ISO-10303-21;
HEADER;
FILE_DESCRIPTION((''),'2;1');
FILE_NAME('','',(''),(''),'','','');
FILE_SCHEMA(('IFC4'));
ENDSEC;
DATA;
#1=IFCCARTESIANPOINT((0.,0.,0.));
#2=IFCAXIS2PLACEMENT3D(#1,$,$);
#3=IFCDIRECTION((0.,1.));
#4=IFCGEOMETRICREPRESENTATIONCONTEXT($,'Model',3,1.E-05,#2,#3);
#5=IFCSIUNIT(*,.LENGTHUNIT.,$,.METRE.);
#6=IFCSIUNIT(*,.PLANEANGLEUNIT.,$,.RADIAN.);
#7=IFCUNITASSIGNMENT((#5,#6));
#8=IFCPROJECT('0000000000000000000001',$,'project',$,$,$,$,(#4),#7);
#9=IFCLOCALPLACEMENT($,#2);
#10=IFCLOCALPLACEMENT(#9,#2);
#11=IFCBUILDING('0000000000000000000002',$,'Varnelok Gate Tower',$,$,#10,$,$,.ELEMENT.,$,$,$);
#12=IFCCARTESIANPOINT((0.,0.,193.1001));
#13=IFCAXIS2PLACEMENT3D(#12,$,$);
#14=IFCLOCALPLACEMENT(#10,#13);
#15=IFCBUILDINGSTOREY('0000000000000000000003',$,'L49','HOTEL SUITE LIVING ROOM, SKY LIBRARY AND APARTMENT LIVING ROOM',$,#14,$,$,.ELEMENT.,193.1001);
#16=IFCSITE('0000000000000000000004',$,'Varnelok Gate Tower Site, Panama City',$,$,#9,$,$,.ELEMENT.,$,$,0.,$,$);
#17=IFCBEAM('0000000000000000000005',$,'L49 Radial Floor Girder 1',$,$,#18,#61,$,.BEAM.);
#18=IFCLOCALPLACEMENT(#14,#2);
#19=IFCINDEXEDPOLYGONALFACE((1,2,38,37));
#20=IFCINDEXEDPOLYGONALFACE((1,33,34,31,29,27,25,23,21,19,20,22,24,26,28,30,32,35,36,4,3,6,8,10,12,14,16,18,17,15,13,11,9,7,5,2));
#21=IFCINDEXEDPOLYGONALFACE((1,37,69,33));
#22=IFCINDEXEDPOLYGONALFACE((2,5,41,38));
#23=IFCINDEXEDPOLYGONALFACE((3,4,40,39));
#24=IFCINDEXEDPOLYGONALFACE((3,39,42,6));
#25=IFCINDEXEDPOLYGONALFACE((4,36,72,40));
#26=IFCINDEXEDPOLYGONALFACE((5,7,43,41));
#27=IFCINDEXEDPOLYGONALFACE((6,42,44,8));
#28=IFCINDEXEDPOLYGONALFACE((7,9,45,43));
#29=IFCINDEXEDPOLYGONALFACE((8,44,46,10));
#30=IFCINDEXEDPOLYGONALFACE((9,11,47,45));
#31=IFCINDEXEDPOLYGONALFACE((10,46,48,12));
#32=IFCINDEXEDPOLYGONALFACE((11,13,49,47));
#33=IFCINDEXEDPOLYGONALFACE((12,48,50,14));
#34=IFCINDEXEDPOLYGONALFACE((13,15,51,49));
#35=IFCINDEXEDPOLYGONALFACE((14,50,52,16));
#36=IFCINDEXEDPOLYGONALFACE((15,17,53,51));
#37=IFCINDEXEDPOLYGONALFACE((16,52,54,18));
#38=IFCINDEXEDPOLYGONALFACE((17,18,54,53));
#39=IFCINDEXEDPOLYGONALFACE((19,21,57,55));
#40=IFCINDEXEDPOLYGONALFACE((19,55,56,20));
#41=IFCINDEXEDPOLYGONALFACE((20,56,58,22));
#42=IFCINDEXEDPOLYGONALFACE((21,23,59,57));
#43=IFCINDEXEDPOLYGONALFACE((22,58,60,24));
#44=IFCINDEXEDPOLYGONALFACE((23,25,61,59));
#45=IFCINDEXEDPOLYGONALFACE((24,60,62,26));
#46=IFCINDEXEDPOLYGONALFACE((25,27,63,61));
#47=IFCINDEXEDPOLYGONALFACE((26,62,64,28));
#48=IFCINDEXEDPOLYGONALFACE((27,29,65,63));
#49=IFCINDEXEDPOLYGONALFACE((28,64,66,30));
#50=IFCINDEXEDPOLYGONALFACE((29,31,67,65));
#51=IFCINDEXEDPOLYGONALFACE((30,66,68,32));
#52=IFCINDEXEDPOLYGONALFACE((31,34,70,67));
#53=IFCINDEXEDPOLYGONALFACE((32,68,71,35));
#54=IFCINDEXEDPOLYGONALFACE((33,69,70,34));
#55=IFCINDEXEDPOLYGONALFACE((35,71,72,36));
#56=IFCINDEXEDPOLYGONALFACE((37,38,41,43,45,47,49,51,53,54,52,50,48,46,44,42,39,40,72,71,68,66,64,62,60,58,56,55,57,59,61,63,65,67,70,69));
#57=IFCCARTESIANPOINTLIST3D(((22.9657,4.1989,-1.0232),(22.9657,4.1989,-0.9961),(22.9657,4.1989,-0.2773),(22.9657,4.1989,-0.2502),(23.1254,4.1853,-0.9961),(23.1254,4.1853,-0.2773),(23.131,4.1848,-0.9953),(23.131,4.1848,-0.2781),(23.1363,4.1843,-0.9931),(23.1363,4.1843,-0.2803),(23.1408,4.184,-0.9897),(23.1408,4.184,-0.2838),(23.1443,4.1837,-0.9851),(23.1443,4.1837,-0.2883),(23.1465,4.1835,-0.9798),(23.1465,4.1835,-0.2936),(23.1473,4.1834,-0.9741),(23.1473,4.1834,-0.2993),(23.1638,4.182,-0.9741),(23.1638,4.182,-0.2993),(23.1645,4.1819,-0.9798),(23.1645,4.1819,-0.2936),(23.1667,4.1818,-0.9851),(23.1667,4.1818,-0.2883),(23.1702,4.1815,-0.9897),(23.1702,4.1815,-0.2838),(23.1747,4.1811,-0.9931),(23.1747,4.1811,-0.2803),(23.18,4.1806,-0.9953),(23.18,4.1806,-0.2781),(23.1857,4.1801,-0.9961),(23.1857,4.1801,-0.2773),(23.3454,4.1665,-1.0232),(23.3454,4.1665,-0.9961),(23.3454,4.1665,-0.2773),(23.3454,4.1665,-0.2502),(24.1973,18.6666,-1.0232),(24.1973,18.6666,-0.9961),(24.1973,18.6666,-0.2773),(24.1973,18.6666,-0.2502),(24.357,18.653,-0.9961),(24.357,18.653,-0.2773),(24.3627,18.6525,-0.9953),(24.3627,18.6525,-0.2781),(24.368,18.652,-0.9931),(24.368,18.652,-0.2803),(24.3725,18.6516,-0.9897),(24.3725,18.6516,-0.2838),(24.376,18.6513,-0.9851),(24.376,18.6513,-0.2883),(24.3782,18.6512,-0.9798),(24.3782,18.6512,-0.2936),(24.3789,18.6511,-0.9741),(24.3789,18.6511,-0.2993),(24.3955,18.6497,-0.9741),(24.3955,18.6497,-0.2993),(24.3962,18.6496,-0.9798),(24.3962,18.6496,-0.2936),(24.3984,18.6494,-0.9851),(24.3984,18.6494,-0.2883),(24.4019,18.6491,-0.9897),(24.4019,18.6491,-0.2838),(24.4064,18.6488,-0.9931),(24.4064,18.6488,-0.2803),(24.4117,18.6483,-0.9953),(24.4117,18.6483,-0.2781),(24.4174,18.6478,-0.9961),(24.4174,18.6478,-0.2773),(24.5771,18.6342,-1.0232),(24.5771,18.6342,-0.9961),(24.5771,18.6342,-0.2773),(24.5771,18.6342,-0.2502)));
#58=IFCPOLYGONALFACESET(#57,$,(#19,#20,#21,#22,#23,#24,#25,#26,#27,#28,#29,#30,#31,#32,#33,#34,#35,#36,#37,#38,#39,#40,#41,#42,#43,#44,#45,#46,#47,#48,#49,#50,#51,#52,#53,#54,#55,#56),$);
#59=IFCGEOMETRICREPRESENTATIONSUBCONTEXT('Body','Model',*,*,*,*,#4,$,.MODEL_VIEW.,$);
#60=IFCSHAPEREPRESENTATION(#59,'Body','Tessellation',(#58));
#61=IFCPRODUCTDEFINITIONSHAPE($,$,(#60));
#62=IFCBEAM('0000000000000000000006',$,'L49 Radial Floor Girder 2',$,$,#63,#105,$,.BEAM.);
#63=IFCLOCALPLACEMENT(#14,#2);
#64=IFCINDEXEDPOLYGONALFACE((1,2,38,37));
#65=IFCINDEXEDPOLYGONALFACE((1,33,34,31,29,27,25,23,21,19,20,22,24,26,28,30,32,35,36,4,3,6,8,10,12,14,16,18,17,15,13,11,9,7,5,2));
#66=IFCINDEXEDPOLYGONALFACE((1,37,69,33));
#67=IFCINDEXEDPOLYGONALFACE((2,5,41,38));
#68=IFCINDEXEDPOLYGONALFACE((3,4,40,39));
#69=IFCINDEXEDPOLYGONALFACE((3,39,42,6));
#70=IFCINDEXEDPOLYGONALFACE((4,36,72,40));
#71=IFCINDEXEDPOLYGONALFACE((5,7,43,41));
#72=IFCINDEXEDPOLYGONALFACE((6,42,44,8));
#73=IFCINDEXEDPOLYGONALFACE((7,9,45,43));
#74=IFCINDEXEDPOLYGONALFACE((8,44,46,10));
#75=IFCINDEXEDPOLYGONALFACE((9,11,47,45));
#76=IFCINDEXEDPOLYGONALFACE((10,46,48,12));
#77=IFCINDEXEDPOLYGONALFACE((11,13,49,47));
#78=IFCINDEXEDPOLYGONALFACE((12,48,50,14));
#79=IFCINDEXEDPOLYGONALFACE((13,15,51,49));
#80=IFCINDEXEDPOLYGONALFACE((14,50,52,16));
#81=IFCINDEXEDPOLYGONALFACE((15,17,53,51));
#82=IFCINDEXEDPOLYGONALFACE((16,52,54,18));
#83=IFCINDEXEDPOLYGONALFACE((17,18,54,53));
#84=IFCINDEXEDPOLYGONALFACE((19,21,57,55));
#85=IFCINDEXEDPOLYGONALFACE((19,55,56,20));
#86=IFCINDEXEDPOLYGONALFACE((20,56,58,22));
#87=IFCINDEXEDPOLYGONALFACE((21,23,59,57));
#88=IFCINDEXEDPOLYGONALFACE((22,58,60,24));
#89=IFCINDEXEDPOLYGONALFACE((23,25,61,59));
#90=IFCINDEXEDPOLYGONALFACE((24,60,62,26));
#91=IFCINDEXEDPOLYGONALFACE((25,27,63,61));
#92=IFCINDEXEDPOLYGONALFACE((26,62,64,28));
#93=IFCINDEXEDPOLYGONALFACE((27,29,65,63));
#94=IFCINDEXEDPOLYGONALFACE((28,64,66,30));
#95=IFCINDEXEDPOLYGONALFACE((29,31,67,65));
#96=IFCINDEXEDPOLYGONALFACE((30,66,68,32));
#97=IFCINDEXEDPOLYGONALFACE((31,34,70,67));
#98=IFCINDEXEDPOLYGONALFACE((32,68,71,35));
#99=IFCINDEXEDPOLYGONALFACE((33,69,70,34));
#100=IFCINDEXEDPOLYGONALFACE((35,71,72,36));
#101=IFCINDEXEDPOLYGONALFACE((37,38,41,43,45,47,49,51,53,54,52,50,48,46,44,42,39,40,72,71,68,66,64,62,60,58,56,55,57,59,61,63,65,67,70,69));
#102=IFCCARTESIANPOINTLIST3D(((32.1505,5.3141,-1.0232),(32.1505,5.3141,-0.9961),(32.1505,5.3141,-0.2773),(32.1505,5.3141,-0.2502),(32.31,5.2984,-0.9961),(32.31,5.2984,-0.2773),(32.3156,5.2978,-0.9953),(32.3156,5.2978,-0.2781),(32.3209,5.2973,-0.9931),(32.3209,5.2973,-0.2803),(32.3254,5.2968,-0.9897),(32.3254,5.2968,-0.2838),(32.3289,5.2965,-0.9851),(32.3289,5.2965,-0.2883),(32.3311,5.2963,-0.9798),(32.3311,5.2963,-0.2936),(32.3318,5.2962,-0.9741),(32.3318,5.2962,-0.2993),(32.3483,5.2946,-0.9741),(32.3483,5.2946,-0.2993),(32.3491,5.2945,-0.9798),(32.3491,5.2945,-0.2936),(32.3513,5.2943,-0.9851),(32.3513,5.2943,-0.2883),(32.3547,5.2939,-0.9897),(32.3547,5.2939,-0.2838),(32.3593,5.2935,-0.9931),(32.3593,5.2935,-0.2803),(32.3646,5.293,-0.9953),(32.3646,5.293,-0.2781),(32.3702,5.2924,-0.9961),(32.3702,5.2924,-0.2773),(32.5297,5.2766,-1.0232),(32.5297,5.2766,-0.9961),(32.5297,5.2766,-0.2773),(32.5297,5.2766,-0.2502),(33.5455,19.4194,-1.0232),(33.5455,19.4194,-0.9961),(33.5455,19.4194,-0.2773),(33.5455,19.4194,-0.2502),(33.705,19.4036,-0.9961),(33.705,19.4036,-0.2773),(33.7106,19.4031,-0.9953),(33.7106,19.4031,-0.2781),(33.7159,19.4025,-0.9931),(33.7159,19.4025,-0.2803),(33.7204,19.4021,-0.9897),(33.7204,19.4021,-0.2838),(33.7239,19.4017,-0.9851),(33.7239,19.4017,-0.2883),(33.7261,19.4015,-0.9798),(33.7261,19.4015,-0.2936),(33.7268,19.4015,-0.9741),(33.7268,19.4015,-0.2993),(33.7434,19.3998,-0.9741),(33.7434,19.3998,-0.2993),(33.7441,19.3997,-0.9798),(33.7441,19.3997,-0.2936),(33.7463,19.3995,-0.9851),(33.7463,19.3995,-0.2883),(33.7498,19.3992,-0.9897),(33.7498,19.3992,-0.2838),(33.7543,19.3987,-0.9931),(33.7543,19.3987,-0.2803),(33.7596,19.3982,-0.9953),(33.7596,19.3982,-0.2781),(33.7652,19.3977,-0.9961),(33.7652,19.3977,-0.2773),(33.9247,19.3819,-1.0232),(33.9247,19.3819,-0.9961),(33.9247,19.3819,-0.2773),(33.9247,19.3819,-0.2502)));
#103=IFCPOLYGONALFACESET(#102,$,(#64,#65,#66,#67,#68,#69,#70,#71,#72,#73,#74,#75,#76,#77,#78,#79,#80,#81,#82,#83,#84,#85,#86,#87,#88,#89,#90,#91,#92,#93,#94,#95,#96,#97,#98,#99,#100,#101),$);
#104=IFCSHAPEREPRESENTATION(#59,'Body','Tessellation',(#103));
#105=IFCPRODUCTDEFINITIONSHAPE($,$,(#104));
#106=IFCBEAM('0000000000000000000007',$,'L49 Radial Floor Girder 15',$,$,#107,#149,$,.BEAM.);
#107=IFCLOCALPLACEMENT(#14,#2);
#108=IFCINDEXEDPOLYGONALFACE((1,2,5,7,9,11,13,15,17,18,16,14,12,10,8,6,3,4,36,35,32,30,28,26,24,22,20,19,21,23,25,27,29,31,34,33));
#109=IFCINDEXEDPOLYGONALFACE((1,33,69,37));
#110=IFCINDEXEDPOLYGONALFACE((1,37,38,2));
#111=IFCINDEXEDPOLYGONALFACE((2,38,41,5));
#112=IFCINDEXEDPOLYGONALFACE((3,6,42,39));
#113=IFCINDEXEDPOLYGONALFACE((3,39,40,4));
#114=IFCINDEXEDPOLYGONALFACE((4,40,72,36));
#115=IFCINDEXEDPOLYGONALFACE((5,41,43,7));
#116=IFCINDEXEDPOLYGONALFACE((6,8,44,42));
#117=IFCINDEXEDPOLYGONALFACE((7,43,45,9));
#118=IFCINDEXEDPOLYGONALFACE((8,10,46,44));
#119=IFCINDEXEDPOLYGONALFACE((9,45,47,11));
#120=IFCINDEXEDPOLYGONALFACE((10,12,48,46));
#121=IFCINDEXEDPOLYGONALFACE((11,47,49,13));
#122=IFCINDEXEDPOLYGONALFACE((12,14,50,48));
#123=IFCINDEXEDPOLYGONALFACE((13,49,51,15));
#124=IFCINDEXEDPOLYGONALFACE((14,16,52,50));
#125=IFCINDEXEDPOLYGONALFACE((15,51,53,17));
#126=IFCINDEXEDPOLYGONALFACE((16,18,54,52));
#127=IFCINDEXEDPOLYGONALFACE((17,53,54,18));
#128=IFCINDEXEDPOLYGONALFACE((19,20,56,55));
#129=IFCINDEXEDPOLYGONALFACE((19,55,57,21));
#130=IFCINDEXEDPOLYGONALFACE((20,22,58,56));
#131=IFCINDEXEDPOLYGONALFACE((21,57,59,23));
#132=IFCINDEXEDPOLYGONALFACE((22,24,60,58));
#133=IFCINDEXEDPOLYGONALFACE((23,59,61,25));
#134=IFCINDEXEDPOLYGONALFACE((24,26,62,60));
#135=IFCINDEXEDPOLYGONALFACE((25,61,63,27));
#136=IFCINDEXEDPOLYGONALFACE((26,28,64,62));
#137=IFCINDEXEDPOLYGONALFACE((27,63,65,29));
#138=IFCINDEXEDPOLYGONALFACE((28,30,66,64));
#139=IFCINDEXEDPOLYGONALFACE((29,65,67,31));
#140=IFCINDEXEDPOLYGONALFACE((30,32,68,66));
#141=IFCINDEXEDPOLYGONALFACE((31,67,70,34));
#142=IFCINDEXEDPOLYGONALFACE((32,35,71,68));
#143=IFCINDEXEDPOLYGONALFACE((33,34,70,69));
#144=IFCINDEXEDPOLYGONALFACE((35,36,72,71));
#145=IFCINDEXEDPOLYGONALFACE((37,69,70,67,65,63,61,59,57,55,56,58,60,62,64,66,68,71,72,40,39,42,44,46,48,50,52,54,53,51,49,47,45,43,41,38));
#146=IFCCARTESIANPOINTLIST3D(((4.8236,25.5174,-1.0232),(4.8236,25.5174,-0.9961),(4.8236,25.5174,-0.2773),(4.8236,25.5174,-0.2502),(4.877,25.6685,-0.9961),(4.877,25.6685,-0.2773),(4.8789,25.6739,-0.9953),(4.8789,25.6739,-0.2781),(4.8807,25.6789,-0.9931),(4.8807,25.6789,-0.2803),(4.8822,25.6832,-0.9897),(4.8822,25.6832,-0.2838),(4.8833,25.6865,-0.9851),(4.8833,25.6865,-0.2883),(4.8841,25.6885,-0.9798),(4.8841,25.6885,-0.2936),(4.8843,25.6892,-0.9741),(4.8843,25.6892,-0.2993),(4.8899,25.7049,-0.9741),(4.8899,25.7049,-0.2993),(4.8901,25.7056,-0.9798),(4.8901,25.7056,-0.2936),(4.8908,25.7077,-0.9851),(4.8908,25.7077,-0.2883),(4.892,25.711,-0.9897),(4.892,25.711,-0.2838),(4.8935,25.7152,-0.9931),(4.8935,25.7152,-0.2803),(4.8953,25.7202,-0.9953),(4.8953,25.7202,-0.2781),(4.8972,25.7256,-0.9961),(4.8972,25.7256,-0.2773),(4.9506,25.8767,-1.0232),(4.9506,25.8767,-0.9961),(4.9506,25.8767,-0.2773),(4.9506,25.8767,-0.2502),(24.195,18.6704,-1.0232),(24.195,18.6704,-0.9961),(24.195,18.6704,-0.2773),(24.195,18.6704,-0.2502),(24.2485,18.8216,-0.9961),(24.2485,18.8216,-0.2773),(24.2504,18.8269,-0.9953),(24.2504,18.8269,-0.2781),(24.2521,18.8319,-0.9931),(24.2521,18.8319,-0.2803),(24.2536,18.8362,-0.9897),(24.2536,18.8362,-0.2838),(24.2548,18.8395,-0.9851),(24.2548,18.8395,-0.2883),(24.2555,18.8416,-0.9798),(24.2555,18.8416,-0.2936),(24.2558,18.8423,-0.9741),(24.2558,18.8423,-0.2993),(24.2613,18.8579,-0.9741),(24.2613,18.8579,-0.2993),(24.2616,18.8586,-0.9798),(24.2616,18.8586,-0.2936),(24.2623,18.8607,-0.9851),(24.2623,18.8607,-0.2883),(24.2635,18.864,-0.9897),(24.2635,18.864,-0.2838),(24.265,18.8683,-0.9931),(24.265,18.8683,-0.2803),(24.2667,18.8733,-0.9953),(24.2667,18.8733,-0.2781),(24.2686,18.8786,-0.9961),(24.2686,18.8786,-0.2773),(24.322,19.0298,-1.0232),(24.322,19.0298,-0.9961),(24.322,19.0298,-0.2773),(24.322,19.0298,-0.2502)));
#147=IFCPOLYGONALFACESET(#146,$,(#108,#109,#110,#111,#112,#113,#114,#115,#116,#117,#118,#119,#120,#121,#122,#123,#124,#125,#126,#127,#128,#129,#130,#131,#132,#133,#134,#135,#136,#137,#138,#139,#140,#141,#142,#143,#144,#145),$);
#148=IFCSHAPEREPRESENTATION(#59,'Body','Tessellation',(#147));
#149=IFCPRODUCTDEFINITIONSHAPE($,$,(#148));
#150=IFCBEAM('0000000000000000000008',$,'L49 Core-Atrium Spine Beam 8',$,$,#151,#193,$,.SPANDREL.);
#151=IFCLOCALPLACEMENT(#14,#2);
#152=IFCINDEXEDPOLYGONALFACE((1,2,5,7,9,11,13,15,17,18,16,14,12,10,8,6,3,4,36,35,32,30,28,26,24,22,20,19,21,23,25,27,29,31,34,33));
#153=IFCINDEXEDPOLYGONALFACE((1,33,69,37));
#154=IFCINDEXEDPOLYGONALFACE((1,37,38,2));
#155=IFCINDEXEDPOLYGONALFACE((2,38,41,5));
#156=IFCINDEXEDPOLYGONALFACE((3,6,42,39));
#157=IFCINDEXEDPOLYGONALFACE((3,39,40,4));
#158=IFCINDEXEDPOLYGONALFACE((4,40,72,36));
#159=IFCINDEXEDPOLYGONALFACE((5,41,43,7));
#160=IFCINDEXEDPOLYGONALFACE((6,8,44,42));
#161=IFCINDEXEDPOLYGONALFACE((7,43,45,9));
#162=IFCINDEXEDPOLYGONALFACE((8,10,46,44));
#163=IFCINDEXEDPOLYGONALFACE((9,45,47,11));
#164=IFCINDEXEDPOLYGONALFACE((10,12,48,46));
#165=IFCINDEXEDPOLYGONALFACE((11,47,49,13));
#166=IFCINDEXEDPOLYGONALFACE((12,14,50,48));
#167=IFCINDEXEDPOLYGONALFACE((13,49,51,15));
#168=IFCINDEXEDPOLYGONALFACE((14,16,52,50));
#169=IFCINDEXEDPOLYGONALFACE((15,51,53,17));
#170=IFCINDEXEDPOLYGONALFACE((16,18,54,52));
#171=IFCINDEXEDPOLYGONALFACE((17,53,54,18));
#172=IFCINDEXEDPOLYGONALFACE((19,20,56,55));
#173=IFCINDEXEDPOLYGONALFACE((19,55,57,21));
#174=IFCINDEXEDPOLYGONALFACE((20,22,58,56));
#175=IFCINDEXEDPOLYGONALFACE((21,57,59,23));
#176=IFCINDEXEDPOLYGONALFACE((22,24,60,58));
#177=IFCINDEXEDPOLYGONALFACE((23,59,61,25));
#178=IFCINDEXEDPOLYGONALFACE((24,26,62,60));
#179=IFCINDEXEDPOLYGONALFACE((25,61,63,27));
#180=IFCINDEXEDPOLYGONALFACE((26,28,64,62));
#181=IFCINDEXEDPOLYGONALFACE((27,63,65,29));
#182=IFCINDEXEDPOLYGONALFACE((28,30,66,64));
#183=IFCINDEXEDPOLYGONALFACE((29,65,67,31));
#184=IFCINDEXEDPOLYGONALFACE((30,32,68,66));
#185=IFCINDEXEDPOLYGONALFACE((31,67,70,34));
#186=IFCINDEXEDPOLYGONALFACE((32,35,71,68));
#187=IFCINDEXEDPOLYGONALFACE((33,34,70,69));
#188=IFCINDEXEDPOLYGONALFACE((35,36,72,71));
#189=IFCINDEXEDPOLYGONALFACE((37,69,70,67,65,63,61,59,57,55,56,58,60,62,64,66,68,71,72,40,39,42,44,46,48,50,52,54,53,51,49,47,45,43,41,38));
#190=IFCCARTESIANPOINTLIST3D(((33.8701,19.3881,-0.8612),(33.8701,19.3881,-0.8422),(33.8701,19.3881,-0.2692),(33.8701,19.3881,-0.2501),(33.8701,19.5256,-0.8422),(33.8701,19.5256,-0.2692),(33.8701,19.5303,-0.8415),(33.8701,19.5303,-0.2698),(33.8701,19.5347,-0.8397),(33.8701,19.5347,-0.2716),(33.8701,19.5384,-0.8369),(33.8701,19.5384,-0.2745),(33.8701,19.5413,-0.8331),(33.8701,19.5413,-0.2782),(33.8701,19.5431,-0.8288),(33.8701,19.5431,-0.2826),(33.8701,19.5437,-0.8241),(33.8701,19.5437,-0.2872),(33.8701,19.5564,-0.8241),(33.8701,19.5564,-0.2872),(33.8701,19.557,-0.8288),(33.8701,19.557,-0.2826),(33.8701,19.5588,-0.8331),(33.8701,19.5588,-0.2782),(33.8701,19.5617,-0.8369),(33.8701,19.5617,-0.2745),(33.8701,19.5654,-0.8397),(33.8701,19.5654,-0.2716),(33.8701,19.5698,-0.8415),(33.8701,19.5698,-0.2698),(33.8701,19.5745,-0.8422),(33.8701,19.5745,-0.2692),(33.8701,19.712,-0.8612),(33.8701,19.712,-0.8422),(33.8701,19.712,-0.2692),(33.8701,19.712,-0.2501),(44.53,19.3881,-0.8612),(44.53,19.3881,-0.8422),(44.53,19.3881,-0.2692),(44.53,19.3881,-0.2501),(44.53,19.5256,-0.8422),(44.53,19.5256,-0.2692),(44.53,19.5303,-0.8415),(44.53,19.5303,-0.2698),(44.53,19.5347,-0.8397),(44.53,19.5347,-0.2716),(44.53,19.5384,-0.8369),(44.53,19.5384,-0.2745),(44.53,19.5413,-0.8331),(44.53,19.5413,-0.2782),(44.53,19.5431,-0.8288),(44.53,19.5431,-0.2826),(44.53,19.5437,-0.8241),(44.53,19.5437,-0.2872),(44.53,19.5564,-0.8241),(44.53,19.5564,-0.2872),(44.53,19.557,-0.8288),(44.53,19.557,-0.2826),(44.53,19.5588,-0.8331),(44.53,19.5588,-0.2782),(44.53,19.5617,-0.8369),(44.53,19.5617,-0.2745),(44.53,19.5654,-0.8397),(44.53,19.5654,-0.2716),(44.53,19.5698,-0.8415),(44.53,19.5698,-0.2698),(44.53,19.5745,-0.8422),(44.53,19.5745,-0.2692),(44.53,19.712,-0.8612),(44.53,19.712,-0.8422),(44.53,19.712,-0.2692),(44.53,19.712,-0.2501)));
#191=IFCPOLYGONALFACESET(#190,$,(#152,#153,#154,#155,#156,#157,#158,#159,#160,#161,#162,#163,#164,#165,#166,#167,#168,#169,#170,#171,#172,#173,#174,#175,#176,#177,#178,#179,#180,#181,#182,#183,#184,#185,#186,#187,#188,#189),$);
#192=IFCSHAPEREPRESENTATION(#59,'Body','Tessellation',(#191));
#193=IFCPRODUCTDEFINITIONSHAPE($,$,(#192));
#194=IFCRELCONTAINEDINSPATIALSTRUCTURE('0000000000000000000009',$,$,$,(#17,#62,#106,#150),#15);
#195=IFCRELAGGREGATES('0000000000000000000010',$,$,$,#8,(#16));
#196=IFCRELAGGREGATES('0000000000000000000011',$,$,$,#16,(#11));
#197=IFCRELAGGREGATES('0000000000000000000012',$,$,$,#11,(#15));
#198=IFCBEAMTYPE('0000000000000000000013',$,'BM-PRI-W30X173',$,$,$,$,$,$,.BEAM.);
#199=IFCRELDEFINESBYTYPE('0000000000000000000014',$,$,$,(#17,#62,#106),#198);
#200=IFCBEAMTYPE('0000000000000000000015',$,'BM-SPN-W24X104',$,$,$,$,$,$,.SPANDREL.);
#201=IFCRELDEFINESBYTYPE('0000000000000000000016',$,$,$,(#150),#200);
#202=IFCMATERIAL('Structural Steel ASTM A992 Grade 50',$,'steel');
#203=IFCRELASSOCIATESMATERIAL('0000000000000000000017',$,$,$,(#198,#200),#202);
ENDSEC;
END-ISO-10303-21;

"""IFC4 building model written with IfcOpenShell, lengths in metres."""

from ifc_helpers import new_model, si_unit, direction, frame, origin, origin_2d, place, context, subcontext, project, spatial, i_section, extrude, material, material_profile, profile_set, type_object, element, save


model = new_model("IFC4")

# Units and contexts
model_context = context("Model", 3, precision=1e-05, world=origin(), true_north=direction((0.0, 1.0)))
body_context = subcontext(model_context, "Body", "Model", "MODEL_VIEW")
ifc_project = project(units=[si_unit("LENGTHUNIT", "METRE"), si_unit("PLANEANGLEUNIT", "RADIAN")], contexts=[model_context])

# Site, building, storey
site_placement = place(None, origin())
site = spatial("IfcSite", under=ifc_project, at=site_placement, Name="Varnelok Gate Tower Site, Panama City", CompositionType="ELEMENT", RefElevation=0.0)
building_placement = place(site_placement, origin())
building = spatial("IfcBuilding", under=site, at=building_placement, Name="Varnelok Gate Tower", CompositionType="ELEMENT")
storey_placement = place(building_placement, frame((0.0, 0.0, 193.1001)))
storey = spatial("IfcBuildingStorey", under=building, at=storey_placement, Name="L49", Description="HOTEL SUITE LIVING ROOM, SKY LIBRARY AND APARTMENT LIVING ROOM", CompositionType="ELEMENT", Elevation=193.1001)

# Shared definitions
ifc_material_1 = material(Name="Structural Steel ASTM A992 Grade 50", Category="steel")

# Beams
ifc_material_profile_1 = material_profile(ifc_material_1, i_section(OverallWidth=0.3811, OverallDepth=0.7729, WebThickness=0.0166, FlangeThickness=0.0271, FilletRadius=0.022, at=origin_2d()), Name="W30X173")
ifc_profile_set_1 = profile_set([ifc_material_profile_1], Name="Structural Steel ASTM A992 Grade 50")
beam_type_1 = type_object("IfcBeamType", Name="BM-PRI-W30X173", PredefinedType="BEAM", material=ifc_profile_set_1)
beam_1_placement = place(storey_placement, frame((24.3872, 18.6504, -0.6367), z_axis=(-0.084826, -0.996396, 0.0), x_axis=(0.996396, -0.084826, 0.0)))
element("IfcBeam", 1, at=beam_1_placement, inside=storey, type_object=beam_type_1, Name="L49 Radial Floor Girder 1", PredefinedType="BEAM", context=body_context, shape_type="SweptSolid", body=[
    extrude(i_section(OverallWidth=0.3811, OverallDepth=0.7729, WebThickness=0.0166, FlangeThickness=0.0271, FilletRadius=0.022, at=origin_2d()), origin(), (0.0, 0.0, 1.0), 14.52),
])
beam_2_placement = place(storey_placement, frame((33.7351, 19.4006, -0.6367), z_axis=(-0.098421, -0.995145, 0.0), x_axis=(0.995145, -0.098421, 0.0)))
element("IfcBeam", 2, at=beam_2_placement, inside=storey, type_object=beam_type_1, Name="L49 Radial Floor Girder 2", PredefinedType="BEAM", context=body_context, shape_type="SweptSolid", body=[
    extrude(i_section(OverallWidth=0.3811, OverallDepth=0.7729, WebThickness=0.0166, FlangeThickness=0.0271, FilletRadius=0.022, at=origin_2d()), origin(), (0.0, 0.0, 1.0), 14.1741),
])
beam_3_placement = place(storey_placement, frame((24.2585, 18.8501, -0.6367), z_axis=(-0.942838, 0.333252, 0.0), x_axis=(-0.333252, -0.942838, 0.0)))
element("IfcBeam", 3, at=beam_3_placement, inside=storey, type_object=beam_type_1, Name="L49 Radial Floor Girder 15", PredefinedType="BEAM", context=body_context, shape_type="SweptSolid", body=[
    extrude(i_section(OverallWidth=0.3811, OverallDepth=0.7729, WebThickness=0.0166, FlangeThickness=0.0271, FilletRadius=0.022, at=origin_2d()), origin(), (0.0, 0.0, 1.0), 20.5459),
])
ifc_material_profile_2 = material_profile(ifc_material_1, i_section(OverallWidth=0.324, OverallDepth=0.6111, WebThickness=0.0127, FlangeThickness=0.019, FilletRadius=0.0181, at=origin_2d()), Name="W24X104")
ifc_profile_set_2 = profile_set([ifc_material_profile_2], Name="Structural Steel ASTM A992 Grade 50")
beam_type_2 = type_object("IfcBeamType", Name="BM-SPN-W24X104", PredefinedType="SPANDREL", material=ifc_profile_set_2)
beam_4_placement = place(storey_placement, frame((33.8701, 19.55, -0.5557), z_axis=(1.0, 0.0, 0.0), x_axis=(0.0, 1.0, 0.0)))
element("IfcBeam", 4, at=beam_4_placement, inside=storey, type_object=beam_type_2, Name="L49 Core-Atrium Spine Beam 8", PredefinedType="SPANDREL", context=body_context, shape_type="SweptSolid", body=[
    extrude(i_section(OverallWidth=0.324, OverallDepth=0.6111, WebThickness=0.0127, FlangeThickness=0.019, FilletRadius=0.0181, at=origin_2d()), origin(), (0.0, 0.0, 1.0), 10.6599),
])

save(model, "model.ifc")
